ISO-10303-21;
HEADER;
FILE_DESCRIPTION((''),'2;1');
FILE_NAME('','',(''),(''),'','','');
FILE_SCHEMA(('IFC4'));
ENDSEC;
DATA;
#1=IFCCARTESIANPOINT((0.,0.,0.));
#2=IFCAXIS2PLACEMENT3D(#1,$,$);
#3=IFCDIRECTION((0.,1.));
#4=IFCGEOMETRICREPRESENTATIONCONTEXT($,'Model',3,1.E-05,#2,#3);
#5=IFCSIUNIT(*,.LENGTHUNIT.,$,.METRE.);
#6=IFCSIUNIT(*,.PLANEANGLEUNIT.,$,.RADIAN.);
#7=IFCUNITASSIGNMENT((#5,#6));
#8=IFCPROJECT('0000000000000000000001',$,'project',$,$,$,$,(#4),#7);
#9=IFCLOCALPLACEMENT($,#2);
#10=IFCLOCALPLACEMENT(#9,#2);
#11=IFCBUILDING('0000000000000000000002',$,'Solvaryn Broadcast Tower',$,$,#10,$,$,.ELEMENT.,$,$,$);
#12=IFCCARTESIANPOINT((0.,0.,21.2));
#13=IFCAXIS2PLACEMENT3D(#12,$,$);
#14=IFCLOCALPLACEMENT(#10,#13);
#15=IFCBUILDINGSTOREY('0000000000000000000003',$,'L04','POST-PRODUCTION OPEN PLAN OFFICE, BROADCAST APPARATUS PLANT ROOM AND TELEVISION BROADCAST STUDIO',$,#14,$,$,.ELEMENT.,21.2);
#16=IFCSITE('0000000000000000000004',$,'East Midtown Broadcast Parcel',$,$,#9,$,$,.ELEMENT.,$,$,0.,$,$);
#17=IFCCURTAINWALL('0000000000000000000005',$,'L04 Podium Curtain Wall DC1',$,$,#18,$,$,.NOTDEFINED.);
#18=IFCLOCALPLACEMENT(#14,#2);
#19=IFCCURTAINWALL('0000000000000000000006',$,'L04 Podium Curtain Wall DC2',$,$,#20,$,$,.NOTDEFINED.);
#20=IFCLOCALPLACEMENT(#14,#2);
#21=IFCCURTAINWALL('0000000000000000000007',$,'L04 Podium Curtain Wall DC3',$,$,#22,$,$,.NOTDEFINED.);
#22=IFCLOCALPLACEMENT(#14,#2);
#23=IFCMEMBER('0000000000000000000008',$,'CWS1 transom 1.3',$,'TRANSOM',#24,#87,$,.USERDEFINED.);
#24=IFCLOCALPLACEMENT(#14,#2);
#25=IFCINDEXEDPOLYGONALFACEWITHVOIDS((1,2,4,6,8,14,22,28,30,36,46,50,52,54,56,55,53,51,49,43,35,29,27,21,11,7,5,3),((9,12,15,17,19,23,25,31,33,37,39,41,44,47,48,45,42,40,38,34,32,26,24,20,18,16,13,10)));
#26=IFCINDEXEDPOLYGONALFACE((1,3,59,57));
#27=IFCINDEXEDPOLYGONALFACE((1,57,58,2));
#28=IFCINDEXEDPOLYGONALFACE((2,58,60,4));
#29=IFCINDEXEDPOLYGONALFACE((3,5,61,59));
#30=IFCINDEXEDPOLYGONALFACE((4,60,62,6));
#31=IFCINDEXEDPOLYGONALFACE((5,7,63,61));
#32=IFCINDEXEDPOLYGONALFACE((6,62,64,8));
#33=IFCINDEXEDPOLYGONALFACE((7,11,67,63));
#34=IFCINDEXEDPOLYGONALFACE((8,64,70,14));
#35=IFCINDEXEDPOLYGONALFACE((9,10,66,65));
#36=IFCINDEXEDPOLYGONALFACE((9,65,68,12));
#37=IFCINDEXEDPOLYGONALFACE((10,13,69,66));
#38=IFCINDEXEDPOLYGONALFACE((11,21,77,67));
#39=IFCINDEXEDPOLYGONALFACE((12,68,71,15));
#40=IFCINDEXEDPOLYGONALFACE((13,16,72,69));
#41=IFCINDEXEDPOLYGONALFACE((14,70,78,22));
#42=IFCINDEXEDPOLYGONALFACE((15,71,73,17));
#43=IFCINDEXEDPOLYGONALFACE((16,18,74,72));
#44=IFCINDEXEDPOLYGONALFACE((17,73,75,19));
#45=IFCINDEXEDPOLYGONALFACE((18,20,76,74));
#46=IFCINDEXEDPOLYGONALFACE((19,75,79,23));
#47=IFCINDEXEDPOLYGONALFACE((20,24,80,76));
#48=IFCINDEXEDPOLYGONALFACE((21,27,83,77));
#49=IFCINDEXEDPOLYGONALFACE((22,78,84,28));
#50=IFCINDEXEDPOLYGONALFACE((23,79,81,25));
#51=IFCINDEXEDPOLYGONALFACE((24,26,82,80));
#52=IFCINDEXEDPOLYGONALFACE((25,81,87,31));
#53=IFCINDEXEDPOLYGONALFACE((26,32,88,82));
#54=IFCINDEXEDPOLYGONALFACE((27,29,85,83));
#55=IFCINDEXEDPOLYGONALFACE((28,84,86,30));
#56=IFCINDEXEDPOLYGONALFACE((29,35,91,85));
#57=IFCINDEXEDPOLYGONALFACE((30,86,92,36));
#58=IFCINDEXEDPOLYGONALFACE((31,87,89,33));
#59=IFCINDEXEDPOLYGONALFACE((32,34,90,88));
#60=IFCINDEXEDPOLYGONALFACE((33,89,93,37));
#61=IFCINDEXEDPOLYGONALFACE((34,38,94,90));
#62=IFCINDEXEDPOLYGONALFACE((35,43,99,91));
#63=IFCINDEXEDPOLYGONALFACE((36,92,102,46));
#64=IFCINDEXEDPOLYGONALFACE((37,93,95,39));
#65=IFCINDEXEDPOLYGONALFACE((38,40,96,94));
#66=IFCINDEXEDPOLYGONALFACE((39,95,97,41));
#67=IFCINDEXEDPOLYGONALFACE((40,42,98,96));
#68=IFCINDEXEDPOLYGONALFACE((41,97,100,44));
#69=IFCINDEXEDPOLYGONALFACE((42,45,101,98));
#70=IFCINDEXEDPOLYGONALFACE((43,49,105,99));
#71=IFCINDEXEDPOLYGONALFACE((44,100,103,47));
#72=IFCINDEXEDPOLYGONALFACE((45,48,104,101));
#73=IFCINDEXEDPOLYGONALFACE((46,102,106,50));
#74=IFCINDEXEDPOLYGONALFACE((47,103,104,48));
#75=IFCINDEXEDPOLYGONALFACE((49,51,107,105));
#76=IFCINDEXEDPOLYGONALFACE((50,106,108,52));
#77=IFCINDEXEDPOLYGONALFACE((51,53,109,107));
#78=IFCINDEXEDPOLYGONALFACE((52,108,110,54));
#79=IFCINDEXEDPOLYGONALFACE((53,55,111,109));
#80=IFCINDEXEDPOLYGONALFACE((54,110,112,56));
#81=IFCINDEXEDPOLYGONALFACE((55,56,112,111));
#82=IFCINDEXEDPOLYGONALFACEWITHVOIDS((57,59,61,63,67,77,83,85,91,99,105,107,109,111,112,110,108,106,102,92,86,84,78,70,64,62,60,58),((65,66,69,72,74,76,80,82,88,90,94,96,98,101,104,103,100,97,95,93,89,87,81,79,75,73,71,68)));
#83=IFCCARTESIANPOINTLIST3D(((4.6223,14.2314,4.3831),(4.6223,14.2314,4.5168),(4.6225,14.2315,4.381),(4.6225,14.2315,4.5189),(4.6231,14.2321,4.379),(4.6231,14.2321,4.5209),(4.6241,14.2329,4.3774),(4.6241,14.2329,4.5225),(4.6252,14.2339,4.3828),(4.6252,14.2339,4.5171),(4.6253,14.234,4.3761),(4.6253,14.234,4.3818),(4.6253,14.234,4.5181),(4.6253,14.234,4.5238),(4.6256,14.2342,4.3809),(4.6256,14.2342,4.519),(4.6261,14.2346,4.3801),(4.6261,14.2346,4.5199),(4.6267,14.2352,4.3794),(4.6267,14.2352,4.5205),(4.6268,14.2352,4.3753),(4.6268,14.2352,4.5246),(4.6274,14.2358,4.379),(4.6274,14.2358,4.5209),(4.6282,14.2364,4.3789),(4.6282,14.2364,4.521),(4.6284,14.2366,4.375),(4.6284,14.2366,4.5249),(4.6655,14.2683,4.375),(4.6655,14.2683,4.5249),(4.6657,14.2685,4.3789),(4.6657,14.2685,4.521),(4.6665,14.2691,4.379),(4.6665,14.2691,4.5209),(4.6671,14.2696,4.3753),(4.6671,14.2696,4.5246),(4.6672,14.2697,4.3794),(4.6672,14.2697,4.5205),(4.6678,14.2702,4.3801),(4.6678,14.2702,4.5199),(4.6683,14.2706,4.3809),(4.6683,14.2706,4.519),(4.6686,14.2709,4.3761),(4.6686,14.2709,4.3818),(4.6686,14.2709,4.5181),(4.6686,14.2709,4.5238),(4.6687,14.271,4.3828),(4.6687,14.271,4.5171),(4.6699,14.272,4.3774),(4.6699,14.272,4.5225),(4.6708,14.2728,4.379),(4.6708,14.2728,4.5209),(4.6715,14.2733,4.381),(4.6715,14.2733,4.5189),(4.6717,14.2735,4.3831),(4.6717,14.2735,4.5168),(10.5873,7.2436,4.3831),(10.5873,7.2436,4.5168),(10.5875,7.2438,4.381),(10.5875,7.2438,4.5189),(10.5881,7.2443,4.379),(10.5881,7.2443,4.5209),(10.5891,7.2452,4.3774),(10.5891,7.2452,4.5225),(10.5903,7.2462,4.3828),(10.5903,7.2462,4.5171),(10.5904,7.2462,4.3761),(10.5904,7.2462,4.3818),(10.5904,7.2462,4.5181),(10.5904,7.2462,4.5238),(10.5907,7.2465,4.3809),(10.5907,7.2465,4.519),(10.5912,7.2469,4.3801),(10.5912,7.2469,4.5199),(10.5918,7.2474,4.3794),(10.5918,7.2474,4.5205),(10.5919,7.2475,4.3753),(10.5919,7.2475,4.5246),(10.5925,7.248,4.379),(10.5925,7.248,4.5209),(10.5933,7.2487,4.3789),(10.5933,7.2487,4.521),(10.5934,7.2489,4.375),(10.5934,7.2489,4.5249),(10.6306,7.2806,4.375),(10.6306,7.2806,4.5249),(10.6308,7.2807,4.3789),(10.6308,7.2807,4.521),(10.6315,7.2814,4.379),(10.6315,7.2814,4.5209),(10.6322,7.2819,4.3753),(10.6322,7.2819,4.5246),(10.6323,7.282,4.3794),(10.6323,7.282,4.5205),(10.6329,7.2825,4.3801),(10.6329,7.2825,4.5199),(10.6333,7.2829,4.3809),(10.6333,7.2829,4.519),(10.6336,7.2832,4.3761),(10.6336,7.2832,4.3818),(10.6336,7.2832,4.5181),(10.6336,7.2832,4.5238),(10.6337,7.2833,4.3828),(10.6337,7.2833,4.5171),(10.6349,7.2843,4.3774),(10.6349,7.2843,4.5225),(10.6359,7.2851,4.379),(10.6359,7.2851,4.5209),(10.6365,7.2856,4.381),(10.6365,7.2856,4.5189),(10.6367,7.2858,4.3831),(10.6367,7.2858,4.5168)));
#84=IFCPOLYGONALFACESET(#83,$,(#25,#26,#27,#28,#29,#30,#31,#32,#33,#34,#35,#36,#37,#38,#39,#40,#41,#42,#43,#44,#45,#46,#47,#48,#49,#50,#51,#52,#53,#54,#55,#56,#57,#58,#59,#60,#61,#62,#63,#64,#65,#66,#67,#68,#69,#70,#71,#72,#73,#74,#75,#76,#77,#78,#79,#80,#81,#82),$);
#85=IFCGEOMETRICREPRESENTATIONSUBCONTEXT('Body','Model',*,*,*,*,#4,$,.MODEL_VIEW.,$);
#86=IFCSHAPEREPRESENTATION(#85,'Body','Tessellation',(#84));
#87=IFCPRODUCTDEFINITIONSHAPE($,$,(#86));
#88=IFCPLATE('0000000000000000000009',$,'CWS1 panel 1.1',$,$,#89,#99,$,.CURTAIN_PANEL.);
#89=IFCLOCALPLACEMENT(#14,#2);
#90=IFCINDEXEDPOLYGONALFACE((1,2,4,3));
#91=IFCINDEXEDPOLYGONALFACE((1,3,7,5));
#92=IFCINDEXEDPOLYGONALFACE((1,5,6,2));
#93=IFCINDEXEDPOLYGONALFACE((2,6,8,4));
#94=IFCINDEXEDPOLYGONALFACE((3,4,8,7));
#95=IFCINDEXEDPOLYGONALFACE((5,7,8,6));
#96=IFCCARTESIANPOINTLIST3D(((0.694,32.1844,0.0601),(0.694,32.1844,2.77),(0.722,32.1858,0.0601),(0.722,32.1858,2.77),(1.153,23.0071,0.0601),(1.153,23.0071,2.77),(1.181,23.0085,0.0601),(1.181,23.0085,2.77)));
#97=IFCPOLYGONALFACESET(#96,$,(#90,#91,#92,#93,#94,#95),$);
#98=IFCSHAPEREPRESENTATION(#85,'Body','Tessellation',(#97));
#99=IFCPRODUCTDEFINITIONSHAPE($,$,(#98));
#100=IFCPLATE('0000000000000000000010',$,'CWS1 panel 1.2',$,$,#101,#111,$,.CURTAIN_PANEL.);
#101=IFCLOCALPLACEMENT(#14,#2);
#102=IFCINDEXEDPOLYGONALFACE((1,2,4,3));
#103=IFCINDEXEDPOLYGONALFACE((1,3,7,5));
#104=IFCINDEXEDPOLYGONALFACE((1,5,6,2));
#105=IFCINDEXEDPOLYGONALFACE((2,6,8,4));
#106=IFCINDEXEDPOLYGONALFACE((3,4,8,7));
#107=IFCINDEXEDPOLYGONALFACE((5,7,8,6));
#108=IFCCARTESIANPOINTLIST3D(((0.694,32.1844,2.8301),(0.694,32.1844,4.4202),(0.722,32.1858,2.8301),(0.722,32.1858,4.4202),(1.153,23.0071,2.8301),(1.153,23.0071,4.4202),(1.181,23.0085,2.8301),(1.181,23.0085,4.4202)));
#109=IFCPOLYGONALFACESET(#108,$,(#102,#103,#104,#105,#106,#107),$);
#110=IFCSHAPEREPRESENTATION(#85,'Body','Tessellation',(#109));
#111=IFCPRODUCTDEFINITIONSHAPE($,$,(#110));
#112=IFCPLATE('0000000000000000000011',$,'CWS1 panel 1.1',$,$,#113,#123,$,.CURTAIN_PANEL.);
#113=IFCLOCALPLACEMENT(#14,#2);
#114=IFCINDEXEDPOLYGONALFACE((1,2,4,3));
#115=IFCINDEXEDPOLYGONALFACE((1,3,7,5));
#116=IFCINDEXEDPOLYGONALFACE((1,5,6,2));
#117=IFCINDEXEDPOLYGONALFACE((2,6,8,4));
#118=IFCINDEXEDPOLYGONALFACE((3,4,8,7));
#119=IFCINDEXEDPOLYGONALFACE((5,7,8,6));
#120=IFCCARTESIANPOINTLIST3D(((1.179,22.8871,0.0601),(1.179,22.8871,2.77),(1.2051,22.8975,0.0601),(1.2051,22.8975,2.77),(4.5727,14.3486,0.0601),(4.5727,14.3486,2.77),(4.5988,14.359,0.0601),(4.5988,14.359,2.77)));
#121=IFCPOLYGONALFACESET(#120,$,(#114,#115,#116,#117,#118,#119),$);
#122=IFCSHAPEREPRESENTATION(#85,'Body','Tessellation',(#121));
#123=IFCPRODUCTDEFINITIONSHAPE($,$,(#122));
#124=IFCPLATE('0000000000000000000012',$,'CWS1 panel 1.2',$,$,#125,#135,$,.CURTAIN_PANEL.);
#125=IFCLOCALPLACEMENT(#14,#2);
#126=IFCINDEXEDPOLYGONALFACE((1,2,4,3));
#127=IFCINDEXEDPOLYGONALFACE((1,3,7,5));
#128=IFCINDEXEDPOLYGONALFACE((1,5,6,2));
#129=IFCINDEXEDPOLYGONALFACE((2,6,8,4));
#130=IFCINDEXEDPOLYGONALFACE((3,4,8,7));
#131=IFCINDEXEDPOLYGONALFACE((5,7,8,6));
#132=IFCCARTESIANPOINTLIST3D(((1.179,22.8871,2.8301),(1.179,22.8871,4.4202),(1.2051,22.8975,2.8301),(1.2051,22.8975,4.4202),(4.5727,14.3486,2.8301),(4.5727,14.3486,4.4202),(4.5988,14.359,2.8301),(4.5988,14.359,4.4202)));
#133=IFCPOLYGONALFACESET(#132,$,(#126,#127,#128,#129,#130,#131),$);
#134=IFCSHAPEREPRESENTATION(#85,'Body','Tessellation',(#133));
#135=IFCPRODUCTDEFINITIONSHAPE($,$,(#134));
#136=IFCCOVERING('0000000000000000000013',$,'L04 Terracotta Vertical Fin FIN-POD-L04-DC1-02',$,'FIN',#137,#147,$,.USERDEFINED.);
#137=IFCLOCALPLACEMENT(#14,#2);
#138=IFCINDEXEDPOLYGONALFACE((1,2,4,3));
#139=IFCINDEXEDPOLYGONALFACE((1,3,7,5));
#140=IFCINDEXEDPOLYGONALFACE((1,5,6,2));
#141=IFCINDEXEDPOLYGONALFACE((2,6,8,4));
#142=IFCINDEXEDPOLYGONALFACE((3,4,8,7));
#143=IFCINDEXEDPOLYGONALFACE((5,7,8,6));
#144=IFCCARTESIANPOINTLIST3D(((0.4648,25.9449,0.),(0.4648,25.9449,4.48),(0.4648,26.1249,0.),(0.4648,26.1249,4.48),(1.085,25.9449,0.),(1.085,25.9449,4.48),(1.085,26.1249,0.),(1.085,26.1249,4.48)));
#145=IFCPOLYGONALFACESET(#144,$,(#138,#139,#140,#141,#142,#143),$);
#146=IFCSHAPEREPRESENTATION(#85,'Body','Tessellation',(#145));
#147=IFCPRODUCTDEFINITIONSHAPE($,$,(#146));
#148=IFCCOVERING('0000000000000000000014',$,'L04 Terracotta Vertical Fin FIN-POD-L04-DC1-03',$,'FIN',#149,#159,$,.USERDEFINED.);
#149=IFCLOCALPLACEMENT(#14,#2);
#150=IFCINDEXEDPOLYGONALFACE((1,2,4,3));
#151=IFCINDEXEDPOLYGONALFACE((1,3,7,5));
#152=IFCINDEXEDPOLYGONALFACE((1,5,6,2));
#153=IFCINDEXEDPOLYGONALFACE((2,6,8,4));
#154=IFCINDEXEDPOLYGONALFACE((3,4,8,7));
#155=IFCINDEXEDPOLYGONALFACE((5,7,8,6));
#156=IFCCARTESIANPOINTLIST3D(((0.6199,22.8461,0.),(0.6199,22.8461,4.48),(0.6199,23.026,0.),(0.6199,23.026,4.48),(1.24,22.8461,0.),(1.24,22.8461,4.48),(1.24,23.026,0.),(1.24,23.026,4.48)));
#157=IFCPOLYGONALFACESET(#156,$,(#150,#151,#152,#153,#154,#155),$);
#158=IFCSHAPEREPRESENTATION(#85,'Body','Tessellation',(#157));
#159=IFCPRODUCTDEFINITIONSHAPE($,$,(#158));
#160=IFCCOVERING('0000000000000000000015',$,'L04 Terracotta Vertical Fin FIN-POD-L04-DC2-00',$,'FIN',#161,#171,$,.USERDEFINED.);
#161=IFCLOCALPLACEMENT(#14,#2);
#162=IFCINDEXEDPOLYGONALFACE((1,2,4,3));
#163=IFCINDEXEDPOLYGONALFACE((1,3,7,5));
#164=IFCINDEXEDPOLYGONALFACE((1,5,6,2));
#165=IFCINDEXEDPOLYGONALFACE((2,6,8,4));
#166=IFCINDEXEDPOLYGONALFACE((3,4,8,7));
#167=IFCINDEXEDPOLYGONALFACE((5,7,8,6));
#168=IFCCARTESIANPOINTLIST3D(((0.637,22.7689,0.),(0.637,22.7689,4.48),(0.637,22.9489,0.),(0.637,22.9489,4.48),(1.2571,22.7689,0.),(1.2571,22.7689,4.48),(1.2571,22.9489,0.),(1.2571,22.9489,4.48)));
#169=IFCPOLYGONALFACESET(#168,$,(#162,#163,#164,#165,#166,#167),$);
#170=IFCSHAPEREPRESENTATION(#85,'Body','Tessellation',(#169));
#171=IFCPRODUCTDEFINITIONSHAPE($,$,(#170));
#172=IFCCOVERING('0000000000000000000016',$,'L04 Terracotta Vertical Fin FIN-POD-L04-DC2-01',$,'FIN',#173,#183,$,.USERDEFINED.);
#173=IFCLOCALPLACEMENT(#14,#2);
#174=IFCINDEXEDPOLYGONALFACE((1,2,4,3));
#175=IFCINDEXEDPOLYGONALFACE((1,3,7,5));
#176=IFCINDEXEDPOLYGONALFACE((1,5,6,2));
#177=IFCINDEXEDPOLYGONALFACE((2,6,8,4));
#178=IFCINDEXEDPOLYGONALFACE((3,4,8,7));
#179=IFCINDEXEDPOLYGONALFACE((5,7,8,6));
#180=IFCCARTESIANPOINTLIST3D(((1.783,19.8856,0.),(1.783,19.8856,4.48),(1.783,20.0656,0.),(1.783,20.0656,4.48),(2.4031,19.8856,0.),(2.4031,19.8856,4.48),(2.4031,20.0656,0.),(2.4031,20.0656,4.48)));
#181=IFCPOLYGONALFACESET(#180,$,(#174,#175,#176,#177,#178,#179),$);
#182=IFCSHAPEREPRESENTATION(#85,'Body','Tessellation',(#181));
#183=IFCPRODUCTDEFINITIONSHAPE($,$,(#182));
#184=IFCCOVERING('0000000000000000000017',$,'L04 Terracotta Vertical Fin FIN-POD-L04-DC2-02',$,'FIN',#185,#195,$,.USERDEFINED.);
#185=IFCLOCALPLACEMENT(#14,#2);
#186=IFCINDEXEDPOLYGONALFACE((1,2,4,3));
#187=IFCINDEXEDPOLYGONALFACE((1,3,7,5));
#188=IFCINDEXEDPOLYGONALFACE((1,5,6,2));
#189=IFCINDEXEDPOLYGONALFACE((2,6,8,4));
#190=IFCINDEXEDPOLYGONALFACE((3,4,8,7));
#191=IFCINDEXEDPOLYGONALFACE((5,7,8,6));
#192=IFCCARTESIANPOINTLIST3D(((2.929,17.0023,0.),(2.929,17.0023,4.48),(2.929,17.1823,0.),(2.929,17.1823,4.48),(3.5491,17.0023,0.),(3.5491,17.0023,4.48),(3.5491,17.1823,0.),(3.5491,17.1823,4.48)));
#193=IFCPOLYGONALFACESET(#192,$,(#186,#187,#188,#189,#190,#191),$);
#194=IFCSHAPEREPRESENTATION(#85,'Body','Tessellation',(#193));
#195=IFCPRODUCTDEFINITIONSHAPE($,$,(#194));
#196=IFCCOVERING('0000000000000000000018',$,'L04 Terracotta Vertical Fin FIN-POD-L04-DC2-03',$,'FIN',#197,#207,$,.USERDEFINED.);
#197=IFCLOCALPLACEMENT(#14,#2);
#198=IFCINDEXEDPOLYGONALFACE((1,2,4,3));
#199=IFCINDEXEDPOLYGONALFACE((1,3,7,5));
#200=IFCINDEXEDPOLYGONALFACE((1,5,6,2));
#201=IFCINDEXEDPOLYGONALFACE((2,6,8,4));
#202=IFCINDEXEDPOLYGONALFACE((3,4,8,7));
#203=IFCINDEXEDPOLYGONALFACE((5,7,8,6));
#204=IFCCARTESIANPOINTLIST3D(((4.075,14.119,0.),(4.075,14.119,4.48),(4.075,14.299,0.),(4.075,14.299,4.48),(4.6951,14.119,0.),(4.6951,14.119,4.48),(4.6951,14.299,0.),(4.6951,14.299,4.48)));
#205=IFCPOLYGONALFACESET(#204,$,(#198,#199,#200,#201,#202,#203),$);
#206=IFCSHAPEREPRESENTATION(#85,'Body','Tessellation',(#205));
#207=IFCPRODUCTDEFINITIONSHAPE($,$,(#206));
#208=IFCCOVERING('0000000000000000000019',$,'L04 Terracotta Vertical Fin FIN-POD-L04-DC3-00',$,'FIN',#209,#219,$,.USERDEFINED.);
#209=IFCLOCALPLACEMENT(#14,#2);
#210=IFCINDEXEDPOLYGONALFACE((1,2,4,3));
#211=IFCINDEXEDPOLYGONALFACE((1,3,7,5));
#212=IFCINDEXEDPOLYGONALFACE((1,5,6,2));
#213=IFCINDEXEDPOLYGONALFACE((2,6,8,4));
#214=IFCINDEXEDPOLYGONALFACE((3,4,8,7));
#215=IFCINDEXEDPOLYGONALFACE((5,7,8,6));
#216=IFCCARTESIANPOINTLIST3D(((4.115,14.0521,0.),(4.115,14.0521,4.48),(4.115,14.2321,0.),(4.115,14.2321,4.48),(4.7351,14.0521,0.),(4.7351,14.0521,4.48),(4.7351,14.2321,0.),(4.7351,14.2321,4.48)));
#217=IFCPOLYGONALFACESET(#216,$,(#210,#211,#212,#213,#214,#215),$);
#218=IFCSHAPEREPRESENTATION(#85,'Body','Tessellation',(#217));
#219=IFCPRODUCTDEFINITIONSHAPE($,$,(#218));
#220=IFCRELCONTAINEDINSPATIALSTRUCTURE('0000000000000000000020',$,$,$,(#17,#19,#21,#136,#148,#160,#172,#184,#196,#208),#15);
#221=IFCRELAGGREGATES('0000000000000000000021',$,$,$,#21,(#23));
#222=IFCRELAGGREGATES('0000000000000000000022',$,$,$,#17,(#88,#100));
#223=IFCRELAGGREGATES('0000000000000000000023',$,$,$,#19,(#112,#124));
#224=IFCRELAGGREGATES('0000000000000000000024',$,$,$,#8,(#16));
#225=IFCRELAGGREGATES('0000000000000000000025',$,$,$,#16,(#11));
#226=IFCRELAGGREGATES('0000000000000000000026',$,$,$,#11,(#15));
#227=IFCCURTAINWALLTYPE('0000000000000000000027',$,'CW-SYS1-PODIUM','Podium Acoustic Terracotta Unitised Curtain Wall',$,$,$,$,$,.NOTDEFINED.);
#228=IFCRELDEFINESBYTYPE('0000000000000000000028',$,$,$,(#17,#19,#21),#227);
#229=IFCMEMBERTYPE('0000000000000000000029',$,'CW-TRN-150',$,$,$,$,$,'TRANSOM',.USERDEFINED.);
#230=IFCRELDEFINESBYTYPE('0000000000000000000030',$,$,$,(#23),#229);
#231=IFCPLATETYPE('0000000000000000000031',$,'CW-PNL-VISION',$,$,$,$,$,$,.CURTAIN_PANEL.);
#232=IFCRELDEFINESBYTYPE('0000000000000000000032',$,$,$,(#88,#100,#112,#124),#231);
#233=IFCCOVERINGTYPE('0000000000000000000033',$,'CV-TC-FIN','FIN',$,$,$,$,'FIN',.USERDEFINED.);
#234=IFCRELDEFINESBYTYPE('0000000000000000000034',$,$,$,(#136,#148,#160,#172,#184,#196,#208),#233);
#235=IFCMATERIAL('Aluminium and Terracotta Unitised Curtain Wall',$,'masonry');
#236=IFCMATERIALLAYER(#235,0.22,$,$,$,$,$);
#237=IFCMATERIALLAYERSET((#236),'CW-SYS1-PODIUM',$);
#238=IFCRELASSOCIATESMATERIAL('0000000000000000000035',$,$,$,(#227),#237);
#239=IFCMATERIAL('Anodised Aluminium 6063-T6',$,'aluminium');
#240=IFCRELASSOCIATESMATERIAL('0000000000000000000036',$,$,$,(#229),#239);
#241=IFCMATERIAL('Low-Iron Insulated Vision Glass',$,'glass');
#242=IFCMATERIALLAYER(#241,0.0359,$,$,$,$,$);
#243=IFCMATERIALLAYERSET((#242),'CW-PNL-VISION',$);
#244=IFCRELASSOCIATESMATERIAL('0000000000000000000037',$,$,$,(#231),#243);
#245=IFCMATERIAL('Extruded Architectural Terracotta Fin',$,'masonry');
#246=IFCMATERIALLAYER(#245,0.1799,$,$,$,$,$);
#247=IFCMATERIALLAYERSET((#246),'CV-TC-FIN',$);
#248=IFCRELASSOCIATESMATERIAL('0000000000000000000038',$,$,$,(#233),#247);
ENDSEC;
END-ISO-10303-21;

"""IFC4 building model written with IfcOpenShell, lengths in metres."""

from ifc_helpers import new_model, si_unit, direction, frame, origin, origin_2d, place, context, subcontext, project, spatial, rectangle, hollow_rectangle, extrude, material, layer, layer_set, material_profile, profile_set, type_object, element, aggregate, save


model = new_model("IFC4")

# Units and contexts
model_context = context("Model", 3, precision=1e-05, world=origin(), true_north=direction((0.0, 1.0)))
body_context = subcontext(model_context, "Body", "Model", "MODEL_VIEW")
ifc_project = project(units=[si_unit("LENGTHUNIT", "METRE"), si_unit("PLANEANGLEUNIT", "RADIAN")], contexts=[model_context])

# Site, building, storey
site_placement = place(None, origin())
site = spatial("IfcSite", under=ifc_project, at=site_placement, Name="East Midtown Broadcast Parcel", CompositionType="ELEMENT", RefElevation=0.0)
building_placement = place(site_placement, origin())
building = spatial("IfcBuilding", under=site, at=building_placement, Name="Solvaryn Broadcast Tower", CompositionType="ELEMENT")
storey_placement = place(building_placement, frame((0.0, 0.0, 21.2)))
storey = spatial("IfcBuildingStorey", under=building, at=storey_placement, Name="L04", Description="POST-PRODUCTION OPEN PLAN OFFICE, BROADCAST APPARATUS PLANT ROOM AND TELEVISION BROADCAST STUDIO", CompositionType="ELEMENT", Elevation=21.2)

# Curtain wall
ifc_material_1 = material(Name="Aluminium and Terracotta Unitised Curtain Wall", Category="masonry")
ifc_layer_1 = layer(ifc_material_1, 0.22)
ifc_layer_set_1 = layer_set([ifc_layer_1], Name="CW-SYS1-PODIUM")
curtain_wall_type = type_object("IfcCurtainWallType", Name="CW-SYS1-PODIUM", Description="Podium Acoustic Terracotta Unitised Curtain Wall", PredefinedType="NOTDEFINED", material=ifc_layer_set_1)
curtain_wall_1_placement = place(storey_placement, origin())
curtain_wall_1 = element("IfcCurtainWall", 1, at=curtain_wall_1_placement, inside=storey, type_object=curtain_wall_type, Name="L04 Podium Curtain Wall DC1", PredefinedType="NOTDEFINED")

# Curtain wall
curtain_wall_2_placement = place(storey_placement, origin())
curtain_wall_2 = element("IfcCurtainWall", 2, at=curtain_wall_2_placement, inside=storey, type_object=curtain_wall_type, Name="L04 Podium Curtain Wall DC2", PredefinedType="NOTDEFINED")

# Curtain wall
curtain_wall_3_placement = place(storey_placement, origin())
curtain_wall_3 = element("IfcCurtainWall", 3, at=curtain_wall_3_placement, inside=storey, type_object=curtain_wall_type, Name="L04 Podium Curtain Wall DC3", PredefinedType="NOTDEFINED")

# Member
ifc_material_2 = material(Name="Anodised Aluminium 6063-T6", Category="aluminium")
ifc_material_profile_1 = material_profile(ifc_material_2, hollow_rectangle(XDim=0.0649, YDim=0.1499, WallThickness=0.0039, InnerFilletRadius=0.0039, OuterFilletRadius=0.0081, at=origin_2d()))
ifc_profile_set_1 = profile_set([ifc_material_profile_1], Name="Anodised Aluminium 6063-T6")
member_type_1 = type_object("IfcMemberType", Name="CW-TRN-150", ElementType="TRANSOM", PredefinedType="USERDEFINED", material=ifc_profile_set_1)
member_1_placement = place(storey_placement, frame((4.647, 14.2524, 4.45), z_axis=(0.649256, -0.76057, 0.0), x_axis=(0.76057, 0.649256, 0.0)))
member_1 = element("IfcMember", 4, at=member_1_placement, type_object=member_type_1, Name="CWS1 transom 1.3", ObjectType="TRANSOM", PredefinedType="USERDEFINED", context=body_context, shape_type="SweptSolid", body=[
    extrude(hollow_rectangle(XDim=0.0649, YDim=0.1499, WallThickness=0.0039, InnerFilletRadius=0.0039, OuterFilletRadius=0.0081, at=origin_2d()), origin(), (0.0, 0.0, 1.0), 9.1875),
])
aggregate(curtain_wall_3, [member_1])

# Plates
ifc_material_3 = material(Name="Low-Iron Insulated Vision Glass", Category="glass")
ifc_layer_2 = layer(ifc_material_3, 0.0359)
ifc_layer_set_2 = layer_set([ifc_layer_2], Name="CW-PNL-VISION")
plate_type = type_object("IfcPlateType", Name="CW-PNL-VISION", PredefinedType="CURTAIN_PANEL", material=ifc_layer_set_2)
plate_1_placement = place(storey_placement, frame((0.9375, 27.5964, 0.0601), z_axis=(0.0, 0.0, 1.0), x_axis=(0.049954, -0.998752, 0.0)))
plate_1 = element("IfcPlate", 5, at=plate_1_placement, type_object=plate_type, Name="CWS1 panel 1.1", PredefinedType="CURTAIN_PANEL", context=body_context, shape_type="SweptSolid", body=[
    extrude(rectangle(XDim=9.1887, YDim=0.0281, at=origin_2d()), origin(), (0.0, 0.0, 1.0), 2.71),
])
plate_2_placement = place(storey_placement, frame((0.9375, 27.5964, 2.8301), z_axis=(0.0, 0.0, 1.0), x_axis=(0.049954, -0.998752, 0.0)))
plate_2 = element("IfcPlate", 6, at=plate_2_placement, type_object=plate_type, Name="CWS1 panel 1.2", PredefinedType="CURTAIN_PANEL", context=body_context, shape_type="SweptSolid", body=[
    extrude(rectangle(XDim=9.1887, YDim=0.0281, at=origin_2d()), origin(), (0.0, 0.0, 1.0), 1.5901),
])
aggregate(curtain_wall_1, [plate_1, plate_2])
plate_3_placement = place(storey_placement, frame((2.8889, 18.623, 0.0601), z_axis=(0.0, 0.0, 1.0), x_axis=(0.369352, -0.929289, 0.0)))
plate_3 = element("IfcPlate", 7, at=plate_3_placement, type_object=plate_type, Name="CWS1 panel 1.1", PredefinedType="CURTAIN_PANEL", context=body_context, shape_type="SweptSolid", body=[
    extrude(rectangle(XDim=9.1882, YDim=0.0281, at=origin_2d()), origin(), (0.0, 0.0, 1.0), 2.71),
])
plate_4_placement = place(storey_placement, frame((2.8889, 18.623, 2.8301), z_axis=(0.0, 0.0, 1.0), x_axis=(0.369352, -0.929289, 0.0)))
plate_4 = element("IfcPlate", 8, at=plate_4_placement, type_object=plate_type, Name="CWS1 panel 1.2", PredefinedType="CURTAIN_PANEL", context=body_context, shape_type="SweptSolid", body=[
    extrude(rectangle(XDim=9.1882, YDim=0.0281, at=origin_2d()), origin(), (0.0, 0.0, 1.0), 1.5901),
])
aggregate(curtain_wall_2, [plate_3, plate_4])

# Coverings
ifc_material_4 = material(Name="Extruded Architectural Terracotta Fin", Category="masonry")
ifc_layer_3 = layer(ifc_material_4, 0.1799)
ifc_layer_set_3 = layer_set([ifc_layer_3], Name="CV-TC-FIN")
covering_type = type_object("IfcCoveringType", Name="CV-TC-FIN", Description="FIN", ElementType="FIN", PredefinedType="USERDEFINED", material=ifc_layer_set_3)
for number, where, z_axis, x_axis, name in (
    (9, (0.7749, 26.0349, 0.0), (0.0, 0.0, 1.0), (1.0, 0.0, 0.0), "L04 Terracotta Vertical Fin FIN-POD-L04-DC1-02"),
    (10, (0.9299, 22.936, 0.0), (0.0, 0.0, 1.0), (1.0, 0.0, 0.0), "L04 Terracotta Vertical Fin FIN-POD-L04-DC1-03"),
    (11, (0.947, 22.8589, 0.0), (0.0, 0.0, 1.0), (1.0, 0.0, 0.0), "L04 Terracotta Vertical Fin FIN-POD-L04-DC2-00"),
    (12, (2.093, 19.9756, 0.0), (0.0, 0.0, 1.0), (1.0, 0.0, 0.0), "L04 Terracotta Vertical Fin FIN-POD-L04-DC2-01"),
    (13, (3.239, 17.0923, 0.0), (0.0, 0.0, 1.0), (1.0, 0.0, 0.0), "L04 Terracotta Vertical Fin FIN-POD-L04-DC2-02"),
    (14, (4.385, 14.209, 0.0), (0.0, 0.0, 1.0), (1.0, 0.0, 0.0), "L04 Terracotta Vertical Fin FIN-POD-L04-DC2-03"),
    (15, (4.425, 14.1421, 0.0), (0.0, 0.0, 1.0), (1.0, 0.0, 0.0), "L04 Terracotta Vertical Fin FIN-POD-L04-DC3-00"),
):
    element("IfcCovering", number, at=place(storey_placement, frame(where, z_axis=z_axis, x_axis=x_axis)), inside=storey, type_object=covering_type, Name=name, ObjectType="FIN", PredefinedType="USERDEFINED", context=body_context, shape_type="SweptSolid", body=[
        extrude(rectangle(XDim=0.6201, YDim=0.1799, at=origin_2d()), origin(), (0.0, 0.0, 1.0), 4.48),
    ])

save(model, "model.ifc")
